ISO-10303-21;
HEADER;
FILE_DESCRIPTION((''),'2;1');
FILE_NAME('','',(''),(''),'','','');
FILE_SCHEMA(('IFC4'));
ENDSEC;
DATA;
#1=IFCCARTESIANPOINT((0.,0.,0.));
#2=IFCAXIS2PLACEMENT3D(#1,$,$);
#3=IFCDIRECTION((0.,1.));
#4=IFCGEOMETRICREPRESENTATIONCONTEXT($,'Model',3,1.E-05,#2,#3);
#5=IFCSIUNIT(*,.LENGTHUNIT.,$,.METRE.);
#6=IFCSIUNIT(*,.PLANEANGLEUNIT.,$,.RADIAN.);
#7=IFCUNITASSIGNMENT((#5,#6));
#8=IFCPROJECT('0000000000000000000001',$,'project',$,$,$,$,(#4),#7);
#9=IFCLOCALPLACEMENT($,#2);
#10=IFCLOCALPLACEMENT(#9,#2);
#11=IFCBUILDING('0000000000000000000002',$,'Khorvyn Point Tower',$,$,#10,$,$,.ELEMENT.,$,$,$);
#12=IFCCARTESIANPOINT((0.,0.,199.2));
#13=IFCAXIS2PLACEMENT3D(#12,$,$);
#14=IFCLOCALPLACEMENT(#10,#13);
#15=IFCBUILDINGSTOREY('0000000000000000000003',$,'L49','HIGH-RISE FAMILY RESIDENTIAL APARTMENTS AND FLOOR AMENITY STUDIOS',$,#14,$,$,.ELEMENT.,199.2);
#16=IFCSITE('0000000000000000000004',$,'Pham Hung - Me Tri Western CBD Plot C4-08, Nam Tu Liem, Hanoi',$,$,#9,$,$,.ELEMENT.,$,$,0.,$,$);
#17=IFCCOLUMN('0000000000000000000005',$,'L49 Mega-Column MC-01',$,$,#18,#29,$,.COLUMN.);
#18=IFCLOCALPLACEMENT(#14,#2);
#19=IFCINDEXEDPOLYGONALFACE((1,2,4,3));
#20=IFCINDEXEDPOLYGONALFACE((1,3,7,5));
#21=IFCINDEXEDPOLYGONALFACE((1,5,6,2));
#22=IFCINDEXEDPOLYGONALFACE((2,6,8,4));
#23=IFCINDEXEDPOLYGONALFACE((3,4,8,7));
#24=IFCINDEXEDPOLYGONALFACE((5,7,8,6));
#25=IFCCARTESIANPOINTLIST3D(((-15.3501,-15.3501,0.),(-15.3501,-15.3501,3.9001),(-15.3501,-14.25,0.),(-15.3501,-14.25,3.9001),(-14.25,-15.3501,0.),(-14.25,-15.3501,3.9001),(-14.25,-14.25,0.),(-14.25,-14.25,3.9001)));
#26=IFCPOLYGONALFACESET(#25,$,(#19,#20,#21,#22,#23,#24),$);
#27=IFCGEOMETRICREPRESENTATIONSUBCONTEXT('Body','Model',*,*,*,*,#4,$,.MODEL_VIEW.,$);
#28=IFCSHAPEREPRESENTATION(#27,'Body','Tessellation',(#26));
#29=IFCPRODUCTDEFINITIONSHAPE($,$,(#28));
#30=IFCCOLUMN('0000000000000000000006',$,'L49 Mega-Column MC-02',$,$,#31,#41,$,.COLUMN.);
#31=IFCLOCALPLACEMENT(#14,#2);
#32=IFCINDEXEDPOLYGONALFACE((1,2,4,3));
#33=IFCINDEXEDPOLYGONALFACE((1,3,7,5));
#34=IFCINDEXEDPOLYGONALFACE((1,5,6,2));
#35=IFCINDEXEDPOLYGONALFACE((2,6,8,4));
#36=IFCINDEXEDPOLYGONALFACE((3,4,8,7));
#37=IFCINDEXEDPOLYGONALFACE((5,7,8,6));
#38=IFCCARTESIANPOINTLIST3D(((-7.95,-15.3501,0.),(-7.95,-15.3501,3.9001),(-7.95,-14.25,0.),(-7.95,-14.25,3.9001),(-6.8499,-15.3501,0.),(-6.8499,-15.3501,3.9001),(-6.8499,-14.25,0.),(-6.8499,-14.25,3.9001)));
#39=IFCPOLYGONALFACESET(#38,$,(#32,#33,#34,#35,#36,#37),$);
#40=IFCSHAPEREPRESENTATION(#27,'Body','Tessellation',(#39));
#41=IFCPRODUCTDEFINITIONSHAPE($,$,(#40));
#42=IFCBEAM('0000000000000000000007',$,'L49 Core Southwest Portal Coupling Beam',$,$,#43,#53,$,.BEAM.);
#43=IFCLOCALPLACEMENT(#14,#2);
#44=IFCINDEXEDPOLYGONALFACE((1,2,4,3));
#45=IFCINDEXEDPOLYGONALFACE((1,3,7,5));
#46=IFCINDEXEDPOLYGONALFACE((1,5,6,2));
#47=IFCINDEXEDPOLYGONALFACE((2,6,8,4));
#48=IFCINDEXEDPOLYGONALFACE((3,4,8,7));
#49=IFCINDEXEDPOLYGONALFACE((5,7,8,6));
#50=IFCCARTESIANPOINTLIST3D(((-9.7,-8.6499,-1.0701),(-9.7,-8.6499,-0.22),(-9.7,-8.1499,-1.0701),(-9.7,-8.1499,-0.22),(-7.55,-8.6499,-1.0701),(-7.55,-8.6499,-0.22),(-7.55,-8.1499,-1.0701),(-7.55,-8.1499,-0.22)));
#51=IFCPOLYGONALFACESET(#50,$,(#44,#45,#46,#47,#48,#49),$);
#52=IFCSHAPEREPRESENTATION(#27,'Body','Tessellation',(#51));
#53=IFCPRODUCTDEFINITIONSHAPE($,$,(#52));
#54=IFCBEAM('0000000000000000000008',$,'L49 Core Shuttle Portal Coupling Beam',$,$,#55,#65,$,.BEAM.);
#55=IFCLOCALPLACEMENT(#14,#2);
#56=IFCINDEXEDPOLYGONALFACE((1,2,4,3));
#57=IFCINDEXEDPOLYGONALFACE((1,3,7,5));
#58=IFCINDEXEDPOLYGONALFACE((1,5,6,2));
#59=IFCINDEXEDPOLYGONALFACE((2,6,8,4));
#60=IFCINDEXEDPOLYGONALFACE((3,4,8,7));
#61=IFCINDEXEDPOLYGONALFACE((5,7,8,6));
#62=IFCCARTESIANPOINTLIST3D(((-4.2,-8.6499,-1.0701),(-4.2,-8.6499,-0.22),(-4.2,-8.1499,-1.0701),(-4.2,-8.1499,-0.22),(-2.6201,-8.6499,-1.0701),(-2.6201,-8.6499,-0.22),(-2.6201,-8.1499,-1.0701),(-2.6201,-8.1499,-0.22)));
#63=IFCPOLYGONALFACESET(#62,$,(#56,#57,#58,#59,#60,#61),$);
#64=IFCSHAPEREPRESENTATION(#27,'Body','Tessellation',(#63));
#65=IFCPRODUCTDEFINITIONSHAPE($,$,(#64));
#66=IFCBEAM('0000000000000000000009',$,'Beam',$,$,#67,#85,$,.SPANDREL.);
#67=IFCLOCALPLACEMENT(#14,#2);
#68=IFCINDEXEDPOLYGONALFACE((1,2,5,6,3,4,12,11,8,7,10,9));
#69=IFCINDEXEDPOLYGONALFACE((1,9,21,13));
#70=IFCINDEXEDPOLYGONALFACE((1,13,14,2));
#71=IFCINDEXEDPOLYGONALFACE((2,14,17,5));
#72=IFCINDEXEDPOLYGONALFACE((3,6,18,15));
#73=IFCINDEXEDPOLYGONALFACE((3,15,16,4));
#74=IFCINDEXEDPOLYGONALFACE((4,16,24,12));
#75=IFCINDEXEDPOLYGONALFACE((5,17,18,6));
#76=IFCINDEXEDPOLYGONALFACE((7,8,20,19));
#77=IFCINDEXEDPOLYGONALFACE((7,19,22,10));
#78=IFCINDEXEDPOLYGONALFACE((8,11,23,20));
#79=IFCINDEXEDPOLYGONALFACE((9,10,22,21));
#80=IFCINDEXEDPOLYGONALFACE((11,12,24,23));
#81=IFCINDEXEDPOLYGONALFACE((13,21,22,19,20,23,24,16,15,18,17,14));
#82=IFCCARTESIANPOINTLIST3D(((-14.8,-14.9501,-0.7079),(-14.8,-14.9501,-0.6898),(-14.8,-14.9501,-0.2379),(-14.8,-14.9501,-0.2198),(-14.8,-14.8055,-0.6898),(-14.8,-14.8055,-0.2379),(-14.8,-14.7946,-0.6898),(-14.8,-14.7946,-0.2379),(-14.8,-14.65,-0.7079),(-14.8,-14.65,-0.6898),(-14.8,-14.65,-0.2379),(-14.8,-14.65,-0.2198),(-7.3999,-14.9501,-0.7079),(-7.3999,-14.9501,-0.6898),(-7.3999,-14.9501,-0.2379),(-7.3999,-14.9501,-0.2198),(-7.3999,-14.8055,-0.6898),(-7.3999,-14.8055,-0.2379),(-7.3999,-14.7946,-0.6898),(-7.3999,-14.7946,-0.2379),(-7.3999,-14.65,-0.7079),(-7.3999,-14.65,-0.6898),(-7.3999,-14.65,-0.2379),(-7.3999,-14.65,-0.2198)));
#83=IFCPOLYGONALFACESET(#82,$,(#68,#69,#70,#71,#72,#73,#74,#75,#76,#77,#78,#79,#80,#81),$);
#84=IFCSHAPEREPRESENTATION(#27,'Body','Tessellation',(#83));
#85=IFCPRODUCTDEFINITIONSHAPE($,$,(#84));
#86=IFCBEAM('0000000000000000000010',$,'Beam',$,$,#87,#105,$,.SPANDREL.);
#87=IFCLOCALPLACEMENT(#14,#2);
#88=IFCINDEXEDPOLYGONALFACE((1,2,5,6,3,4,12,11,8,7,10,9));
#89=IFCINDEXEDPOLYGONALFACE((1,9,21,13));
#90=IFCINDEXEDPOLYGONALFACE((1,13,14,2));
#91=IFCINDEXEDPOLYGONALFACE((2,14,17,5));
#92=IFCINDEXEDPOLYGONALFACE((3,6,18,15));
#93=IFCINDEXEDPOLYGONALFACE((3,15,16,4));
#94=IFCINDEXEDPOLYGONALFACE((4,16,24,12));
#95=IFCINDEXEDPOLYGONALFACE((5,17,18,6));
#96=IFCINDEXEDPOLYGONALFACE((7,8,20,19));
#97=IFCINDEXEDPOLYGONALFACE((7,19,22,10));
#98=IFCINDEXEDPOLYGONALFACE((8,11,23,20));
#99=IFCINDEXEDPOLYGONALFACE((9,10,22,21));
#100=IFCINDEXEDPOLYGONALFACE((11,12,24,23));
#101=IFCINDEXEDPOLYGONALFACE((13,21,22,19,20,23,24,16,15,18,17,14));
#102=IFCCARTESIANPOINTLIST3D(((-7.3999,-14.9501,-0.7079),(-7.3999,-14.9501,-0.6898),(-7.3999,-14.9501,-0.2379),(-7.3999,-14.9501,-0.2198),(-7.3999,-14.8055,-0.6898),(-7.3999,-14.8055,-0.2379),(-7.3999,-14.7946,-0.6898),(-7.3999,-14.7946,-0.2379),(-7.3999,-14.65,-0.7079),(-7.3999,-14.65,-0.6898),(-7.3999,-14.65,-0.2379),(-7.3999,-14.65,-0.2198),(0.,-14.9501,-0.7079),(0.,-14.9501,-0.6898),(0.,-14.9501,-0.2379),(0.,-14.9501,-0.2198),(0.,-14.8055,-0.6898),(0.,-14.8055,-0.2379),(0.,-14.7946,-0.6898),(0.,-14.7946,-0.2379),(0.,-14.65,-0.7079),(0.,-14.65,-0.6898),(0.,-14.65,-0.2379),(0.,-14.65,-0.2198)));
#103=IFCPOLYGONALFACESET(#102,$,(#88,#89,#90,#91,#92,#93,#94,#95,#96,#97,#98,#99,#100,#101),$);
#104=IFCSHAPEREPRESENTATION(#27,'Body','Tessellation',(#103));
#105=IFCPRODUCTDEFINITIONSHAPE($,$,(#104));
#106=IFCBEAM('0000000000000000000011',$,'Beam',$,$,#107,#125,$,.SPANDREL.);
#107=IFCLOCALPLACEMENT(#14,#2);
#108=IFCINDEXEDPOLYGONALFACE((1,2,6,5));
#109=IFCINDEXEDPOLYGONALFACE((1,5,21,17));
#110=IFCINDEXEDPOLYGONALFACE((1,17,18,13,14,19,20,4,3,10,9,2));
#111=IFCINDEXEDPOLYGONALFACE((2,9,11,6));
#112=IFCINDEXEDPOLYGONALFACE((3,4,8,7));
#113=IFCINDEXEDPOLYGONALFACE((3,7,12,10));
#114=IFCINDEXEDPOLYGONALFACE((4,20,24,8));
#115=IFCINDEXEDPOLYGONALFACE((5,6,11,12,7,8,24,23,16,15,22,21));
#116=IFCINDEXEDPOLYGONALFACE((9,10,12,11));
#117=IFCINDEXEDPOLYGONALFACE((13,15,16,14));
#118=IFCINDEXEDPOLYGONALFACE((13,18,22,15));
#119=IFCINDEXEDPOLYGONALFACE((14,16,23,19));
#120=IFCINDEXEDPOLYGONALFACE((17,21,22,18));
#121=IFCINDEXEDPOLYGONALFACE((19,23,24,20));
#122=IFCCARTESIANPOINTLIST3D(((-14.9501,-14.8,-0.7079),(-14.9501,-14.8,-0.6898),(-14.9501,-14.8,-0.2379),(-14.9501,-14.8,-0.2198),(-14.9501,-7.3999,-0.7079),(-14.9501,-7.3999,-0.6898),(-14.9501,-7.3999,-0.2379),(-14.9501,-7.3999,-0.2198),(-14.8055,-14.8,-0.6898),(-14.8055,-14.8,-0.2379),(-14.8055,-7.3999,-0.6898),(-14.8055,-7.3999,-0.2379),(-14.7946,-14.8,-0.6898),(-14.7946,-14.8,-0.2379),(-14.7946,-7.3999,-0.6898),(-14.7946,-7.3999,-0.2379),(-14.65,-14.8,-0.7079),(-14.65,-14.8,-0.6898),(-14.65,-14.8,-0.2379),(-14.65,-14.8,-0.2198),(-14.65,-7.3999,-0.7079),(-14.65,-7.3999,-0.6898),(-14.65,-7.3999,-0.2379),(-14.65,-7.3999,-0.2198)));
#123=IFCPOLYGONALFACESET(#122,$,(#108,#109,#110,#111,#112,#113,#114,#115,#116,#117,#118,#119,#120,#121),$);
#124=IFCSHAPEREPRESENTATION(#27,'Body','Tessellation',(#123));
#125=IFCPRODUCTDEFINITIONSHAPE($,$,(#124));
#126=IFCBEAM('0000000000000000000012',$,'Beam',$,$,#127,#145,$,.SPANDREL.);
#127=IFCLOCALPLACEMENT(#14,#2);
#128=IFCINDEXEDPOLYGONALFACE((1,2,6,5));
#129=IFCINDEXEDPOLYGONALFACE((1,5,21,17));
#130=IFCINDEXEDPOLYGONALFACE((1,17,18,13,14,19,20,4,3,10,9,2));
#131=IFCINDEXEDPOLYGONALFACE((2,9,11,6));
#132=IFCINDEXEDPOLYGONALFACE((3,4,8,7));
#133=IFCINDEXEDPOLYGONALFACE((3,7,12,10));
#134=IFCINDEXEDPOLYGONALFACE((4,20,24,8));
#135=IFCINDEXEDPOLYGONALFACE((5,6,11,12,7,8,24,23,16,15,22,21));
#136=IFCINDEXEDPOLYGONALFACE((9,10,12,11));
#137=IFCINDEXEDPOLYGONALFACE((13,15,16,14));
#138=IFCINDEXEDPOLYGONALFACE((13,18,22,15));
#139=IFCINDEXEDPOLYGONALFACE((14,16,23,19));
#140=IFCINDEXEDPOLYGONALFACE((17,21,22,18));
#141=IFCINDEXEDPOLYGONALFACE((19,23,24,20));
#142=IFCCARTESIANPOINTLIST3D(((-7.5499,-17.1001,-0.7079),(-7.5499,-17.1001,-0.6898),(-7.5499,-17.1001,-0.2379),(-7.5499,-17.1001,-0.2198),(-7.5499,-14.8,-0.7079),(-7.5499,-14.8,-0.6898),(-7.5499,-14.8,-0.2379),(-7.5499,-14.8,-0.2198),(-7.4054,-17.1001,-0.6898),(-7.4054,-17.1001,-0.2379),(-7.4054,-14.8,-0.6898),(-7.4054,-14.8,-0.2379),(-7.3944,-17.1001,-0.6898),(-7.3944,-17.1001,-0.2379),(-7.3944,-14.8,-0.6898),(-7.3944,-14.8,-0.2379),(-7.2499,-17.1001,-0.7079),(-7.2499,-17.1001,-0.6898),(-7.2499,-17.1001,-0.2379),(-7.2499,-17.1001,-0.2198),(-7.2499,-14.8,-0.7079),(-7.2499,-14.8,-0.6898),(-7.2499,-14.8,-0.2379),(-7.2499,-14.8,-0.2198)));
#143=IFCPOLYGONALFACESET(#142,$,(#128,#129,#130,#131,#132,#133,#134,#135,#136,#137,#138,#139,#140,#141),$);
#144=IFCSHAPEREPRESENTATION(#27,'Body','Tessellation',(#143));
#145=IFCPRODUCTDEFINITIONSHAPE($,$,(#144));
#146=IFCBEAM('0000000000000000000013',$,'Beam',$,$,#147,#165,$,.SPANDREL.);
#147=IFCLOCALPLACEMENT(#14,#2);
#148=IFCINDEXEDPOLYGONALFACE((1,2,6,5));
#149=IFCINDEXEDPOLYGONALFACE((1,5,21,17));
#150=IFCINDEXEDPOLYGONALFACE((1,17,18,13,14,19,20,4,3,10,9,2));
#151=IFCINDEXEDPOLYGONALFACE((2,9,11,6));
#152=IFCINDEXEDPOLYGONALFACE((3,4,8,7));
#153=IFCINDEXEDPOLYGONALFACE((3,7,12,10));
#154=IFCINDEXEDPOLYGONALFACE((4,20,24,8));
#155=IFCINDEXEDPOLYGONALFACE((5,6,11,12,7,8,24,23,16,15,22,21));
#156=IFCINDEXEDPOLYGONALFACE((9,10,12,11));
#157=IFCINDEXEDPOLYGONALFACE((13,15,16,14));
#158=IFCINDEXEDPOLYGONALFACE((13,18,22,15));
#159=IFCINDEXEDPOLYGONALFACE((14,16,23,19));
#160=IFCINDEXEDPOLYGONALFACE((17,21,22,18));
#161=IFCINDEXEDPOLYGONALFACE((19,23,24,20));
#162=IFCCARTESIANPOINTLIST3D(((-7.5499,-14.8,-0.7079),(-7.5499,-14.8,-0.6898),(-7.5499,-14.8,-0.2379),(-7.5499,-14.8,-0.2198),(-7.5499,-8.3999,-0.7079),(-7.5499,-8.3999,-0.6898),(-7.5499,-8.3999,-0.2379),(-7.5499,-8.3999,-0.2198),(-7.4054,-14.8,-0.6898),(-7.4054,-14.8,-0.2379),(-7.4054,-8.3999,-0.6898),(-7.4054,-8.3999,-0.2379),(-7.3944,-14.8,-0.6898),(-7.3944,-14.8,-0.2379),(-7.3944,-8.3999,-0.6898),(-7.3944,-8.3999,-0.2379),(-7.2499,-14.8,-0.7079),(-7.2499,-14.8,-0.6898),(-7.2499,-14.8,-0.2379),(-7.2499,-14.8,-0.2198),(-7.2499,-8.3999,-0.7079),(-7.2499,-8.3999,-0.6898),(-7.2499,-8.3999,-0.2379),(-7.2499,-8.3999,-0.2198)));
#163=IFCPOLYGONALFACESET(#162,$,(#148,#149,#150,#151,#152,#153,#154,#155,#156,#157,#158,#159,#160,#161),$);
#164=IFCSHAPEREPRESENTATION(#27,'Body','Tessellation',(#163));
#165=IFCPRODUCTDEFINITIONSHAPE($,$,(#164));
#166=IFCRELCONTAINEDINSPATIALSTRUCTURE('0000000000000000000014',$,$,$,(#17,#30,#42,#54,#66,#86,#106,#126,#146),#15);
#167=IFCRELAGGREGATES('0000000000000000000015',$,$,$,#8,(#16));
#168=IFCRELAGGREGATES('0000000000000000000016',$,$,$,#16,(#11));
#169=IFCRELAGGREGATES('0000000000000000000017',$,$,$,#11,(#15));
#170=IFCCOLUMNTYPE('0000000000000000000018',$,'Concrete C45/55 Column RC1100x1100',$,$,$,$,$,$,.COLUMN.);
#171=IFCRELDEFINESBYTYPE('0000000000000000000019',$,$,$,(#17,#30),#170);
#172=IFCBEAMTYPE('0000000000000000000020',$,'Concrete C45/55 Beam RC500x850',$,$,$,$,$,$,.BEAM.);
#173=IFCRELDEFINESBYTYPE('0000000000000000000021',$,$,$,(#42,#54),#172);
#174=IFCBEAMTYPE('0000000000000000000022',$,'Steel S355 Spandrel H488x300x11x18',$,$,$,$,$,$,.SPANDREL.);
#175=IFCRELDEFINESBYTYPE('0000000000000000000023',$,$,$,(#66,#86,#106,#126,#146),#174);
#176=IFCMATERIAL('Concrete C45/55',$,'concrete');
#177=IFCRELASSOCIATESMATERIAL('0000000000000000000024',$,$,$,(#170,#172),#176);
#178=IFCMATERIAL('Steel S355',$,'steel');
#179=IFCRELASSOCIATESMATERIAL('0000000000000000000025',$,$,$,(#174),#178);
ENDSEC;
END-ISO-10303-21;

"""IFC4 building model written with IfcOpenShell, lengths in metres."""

from ifc_helpers import new_model, si_unit, direction, frame, origin, origin_2d, place, context, subcontext, project, spatial, rectangle, i_section, extrude, material, material_profile, profile_set, type_object, element, save


model = new_model("IFC4")

# Units and contexts
model_context = context("Model", 3, precision=1e-05, world=origin(), true_north=direction((0.0, 1.0)))
body_context = subcontext(model_context, "Body", "Model", "MODEL_VIEW")
ifc_project = project(units=[si_unit("LENGTHUNIT", "METRE"), si_unit("PLANEANGLEUNIT", "RADIAN")], contexts=[model_context])

# Site, building, storey
site_placement = place(None, origin())
site = spatial("IfcSite", under=ifc_project, at=site_placement, Name="Pham Hung - Me Tri Western CBD Plot C4-08, Nam Tu Liem, Hanoi", CompositionType="ELEMENT", RefElevation=0.0)
building_placement = place(site_placement, origin())
building = spatial("IfcBuilding", under=site, at=building_placement, Name="Khorvyn Point Tower", CompositionType="ELEMENT")
storey_placement = place(building_placement, frame((0.0, 0.0, 199.2)))
storey = spatial("IfcBuildingStorey", under=building, at=storey_placement, Name="L49", Description="HIGH-RISE FAMILY RESIDENTIAL APARTMENTS AND FLOOR AMENITY STUDIOS", CompositionType="ELEMENT", Elevation=199.2)

# Columns
ifc_material_1 = material(Name="Concrete C45/55", Category="concrete")
ifc_material_profile_1 = material_profile(ifc_material_1, rectangle(XDim=1.1001, YDim=1.1001, at=origin_2d()))
ifc_profile_set_1 = profile_set([ifc_material_profile_1], Name="Concrete C45/55 RC1100x1100")
column_type = type_object("IfcColumnType", Name="Concrete C45/55 Column RC1100x1100", PredefinedType="COLUMN", material=ifc_profile_set_1)
for number, where, z_axis, x_axis, name in (
    (1, (-14.8, -14.8, 0.0), (0.0, 0.0, 1.0), (1.0, 0.0, 0.0), "L49 Mega-Column MC-01"),
    (2, (-7.3999, -14.8, 0.0), (0.0, 0.0, 1.0), (1.0, 0.0, 0.0), "L49 Mega-Column MC-02"),
):
    element("IfcColumn", number, at=place(storey_placement, frame(where, z_axis=z_axis, x_axis=x_axis)), inside=storey, type_object=column_type, Name=name, PredefinedType="COLUMN", context=body_context, shape_type="SweptSolid", body=[
        extrude(rectangle(XDim=1.1001, YDim=1.1001, at=origin_2d()), origin(), (0.0, 0.0, 1.0), 3.9001),
    ])

# Beams
ifc_material_profile_2 = material_profile(ifc_material_1, rectangle(XDim=0.5, YDim=0.8501, at=origin_2d()))
ifc_profile_set_2 = profile_set([ifc_material_profile_2], Name="Concrete C45/55 RC500x850")
beam_type_1 = type_object("IfcBeamType", Name="Concrete C45/55 Beam RC500x850", PredefinedType="BEAM", material=ifc_profile_set_2)
beam_1_placement = place(storey_placement, frame((-9.7, -8.3999, -0.645), z_axis=(1.0, 0.0, 0.0), x_axis=(0.0, 1.0, 0.0)))
element("IfcBeam", 3, at=beam_1_placement, inside=storey, type_object=beam_type_1, Name="L49 Core Southwest Portal Coupling Beam", PredefinedType="BEAM", context=body_context, shape_type="SweptSolid", body=[
    extrude(rectangle(XDim=0.5, YDim=0.8501, at=origin_2d()), origin(), (0.0, 0.0, 1.0), 2.1499),
])
beam_2_placement = place(storey_placement, frame((-4.2, -8.3999, -0.645), z_axis=(1.0, 0.0, 0.0), x_axis=(0.0, 1.0, 0.0)))
element("IfcBeam", 4, at=beam_2_placement, inside=storey, type_object=beam_type_1, Name="L49 Core Shuttle Portal Coupling Beam", PredefinedType="BEAM", context=body_context, shape_type="SweptSolid", body=[
    extrude(rectangle(XDim=0.5, YDim=0.8501, at=origin_2d()), origin(), (0.0, 0.0, 1.0), 1.5798),
])
ifc_material_2 = material(Name="Steel S355", Category="steel")
ifc_material_profile_3 = material_profile(ifc_material_2, i_section(OverallWidth=0.3, OverallDepth=0.488, WebThickness=0.011, FlangeThickness=0.0181, at=origin_2d()))
ifc_profile_set_3 = profile_set([ifc_material_profile_3], Name="Steel S355 H488x300x11x18")
beam_type_2 = type_object("IfcBeamType", Name="Steel S355 Spandrel H488x300x11x18", PredefinedType="SPANDREL", material=ifc_profile_set_3)
beam_3_placement = place(storey_placement, frame((-14.8, -14.8, -0.4639), z_axis=(1.0, 0.0, 0.0), x_axis=(0.0, 1.0, 0.0)))
element("IfcBeam", 5, at=beam_3_placement, inside=storey, type_object=beam_type_2, Name="Beam", PredefinedType="SPANDREL", context=body_context, shape_type="SweptSolid", body=[
    extrude(i_section(OverallWidth=0.3, OverallDepth=0.488, WebThickness=0.011, FlangeThickness=0.0181, at=origin_2d()), origin(), (0.0, 0.0, 1.0), 7.4001),
])
beam_4_placement = place(storey_placement, frame((-7.3999, -14.8, -0.4639), z_axis=(1.0, 0.0, 0.0), x_axis=(0.0, 1.0, 0.0)))
element("IfcBeam", 6, at=beam_4_placement, inside=storey, type_object=beam_type_2, Name="Beam", PredefinedType="SPANDREL", context=body_context, shape_type="SweptSolid", body=[
    extrude(i_section(OverallWidth=0.3, OverallDepth=0.488, WebThickness=0.011, FlangeThickness=0.0181, at=origin_2d()), origin(), (0.0, 0.0, 1.0), 7.3999),
])
beam_5_placement = place(storey_placement, frame((-14.8, -14.8, -0.4639), z_axis=(0.0, 1.0, 0.0), x_axis=(-1.0, 0.0, 0.0)))
element("IfcBeam", 7, at=beam_5_placement, inside=storey, type_object=beam_type_2, Name="Beam", PredefinedType="SPANDREL", context=body_context, shape_type="SweptSolid", body=[
    extrude(i_section(OverallWidth=0.3, OverallDepth=0.488, WebThickness=0.011, FlangeThickness=0.0181, at=origin_2d()), origin(), (0.0, 0.0, 1.0), 7.4001),
])
beam_6_placement = place(storey_placement, frame((-7.3999, -17.1001, -0.4639), z_axis=(0.0, 1.0, 0.0), x_axis=(-1.0, 0.0, 0.0)))
element("IfcBeam", 8, at=beam_6_placement, inside=storey, type_object=beam_type_2, Name="Beam", PredefinedType="SPANDREL", context=body_context, shape_type="SweptSolid", body=[
    extrude(i_section(OverallWidth=0.3, OverallDepth=0.488, WebThickness=0.011, FlangeThickness=0.0181, at=origin_2d()), origin(), (0.0, 0.0, 1.0), 2.3),
])
beam_7_placement = place(storey_placement, frame((-7.3999, -14.8, -0.4639), z_axis=(0.0, 1.0, 0.0), x_axis=(-1.0, 0.0, 0.0)))
element("IfcBeam", 9, at=beam_7_placement, inside=storey, type_object=beam_type_2, Name="Beam", PredefinedType="SPANDREL", context=body_context, shape_type="SweptSolid", body=[
    extrude(i_section(OverallWidth=0.3, OverallDepth=0.488, WebThickness=0.011, FlangeThickness=0.0181, at=origin_2d()), origin(), (0.0, 0.0, 1.0), 6.4001),
])

save(model, "model.ifc")
